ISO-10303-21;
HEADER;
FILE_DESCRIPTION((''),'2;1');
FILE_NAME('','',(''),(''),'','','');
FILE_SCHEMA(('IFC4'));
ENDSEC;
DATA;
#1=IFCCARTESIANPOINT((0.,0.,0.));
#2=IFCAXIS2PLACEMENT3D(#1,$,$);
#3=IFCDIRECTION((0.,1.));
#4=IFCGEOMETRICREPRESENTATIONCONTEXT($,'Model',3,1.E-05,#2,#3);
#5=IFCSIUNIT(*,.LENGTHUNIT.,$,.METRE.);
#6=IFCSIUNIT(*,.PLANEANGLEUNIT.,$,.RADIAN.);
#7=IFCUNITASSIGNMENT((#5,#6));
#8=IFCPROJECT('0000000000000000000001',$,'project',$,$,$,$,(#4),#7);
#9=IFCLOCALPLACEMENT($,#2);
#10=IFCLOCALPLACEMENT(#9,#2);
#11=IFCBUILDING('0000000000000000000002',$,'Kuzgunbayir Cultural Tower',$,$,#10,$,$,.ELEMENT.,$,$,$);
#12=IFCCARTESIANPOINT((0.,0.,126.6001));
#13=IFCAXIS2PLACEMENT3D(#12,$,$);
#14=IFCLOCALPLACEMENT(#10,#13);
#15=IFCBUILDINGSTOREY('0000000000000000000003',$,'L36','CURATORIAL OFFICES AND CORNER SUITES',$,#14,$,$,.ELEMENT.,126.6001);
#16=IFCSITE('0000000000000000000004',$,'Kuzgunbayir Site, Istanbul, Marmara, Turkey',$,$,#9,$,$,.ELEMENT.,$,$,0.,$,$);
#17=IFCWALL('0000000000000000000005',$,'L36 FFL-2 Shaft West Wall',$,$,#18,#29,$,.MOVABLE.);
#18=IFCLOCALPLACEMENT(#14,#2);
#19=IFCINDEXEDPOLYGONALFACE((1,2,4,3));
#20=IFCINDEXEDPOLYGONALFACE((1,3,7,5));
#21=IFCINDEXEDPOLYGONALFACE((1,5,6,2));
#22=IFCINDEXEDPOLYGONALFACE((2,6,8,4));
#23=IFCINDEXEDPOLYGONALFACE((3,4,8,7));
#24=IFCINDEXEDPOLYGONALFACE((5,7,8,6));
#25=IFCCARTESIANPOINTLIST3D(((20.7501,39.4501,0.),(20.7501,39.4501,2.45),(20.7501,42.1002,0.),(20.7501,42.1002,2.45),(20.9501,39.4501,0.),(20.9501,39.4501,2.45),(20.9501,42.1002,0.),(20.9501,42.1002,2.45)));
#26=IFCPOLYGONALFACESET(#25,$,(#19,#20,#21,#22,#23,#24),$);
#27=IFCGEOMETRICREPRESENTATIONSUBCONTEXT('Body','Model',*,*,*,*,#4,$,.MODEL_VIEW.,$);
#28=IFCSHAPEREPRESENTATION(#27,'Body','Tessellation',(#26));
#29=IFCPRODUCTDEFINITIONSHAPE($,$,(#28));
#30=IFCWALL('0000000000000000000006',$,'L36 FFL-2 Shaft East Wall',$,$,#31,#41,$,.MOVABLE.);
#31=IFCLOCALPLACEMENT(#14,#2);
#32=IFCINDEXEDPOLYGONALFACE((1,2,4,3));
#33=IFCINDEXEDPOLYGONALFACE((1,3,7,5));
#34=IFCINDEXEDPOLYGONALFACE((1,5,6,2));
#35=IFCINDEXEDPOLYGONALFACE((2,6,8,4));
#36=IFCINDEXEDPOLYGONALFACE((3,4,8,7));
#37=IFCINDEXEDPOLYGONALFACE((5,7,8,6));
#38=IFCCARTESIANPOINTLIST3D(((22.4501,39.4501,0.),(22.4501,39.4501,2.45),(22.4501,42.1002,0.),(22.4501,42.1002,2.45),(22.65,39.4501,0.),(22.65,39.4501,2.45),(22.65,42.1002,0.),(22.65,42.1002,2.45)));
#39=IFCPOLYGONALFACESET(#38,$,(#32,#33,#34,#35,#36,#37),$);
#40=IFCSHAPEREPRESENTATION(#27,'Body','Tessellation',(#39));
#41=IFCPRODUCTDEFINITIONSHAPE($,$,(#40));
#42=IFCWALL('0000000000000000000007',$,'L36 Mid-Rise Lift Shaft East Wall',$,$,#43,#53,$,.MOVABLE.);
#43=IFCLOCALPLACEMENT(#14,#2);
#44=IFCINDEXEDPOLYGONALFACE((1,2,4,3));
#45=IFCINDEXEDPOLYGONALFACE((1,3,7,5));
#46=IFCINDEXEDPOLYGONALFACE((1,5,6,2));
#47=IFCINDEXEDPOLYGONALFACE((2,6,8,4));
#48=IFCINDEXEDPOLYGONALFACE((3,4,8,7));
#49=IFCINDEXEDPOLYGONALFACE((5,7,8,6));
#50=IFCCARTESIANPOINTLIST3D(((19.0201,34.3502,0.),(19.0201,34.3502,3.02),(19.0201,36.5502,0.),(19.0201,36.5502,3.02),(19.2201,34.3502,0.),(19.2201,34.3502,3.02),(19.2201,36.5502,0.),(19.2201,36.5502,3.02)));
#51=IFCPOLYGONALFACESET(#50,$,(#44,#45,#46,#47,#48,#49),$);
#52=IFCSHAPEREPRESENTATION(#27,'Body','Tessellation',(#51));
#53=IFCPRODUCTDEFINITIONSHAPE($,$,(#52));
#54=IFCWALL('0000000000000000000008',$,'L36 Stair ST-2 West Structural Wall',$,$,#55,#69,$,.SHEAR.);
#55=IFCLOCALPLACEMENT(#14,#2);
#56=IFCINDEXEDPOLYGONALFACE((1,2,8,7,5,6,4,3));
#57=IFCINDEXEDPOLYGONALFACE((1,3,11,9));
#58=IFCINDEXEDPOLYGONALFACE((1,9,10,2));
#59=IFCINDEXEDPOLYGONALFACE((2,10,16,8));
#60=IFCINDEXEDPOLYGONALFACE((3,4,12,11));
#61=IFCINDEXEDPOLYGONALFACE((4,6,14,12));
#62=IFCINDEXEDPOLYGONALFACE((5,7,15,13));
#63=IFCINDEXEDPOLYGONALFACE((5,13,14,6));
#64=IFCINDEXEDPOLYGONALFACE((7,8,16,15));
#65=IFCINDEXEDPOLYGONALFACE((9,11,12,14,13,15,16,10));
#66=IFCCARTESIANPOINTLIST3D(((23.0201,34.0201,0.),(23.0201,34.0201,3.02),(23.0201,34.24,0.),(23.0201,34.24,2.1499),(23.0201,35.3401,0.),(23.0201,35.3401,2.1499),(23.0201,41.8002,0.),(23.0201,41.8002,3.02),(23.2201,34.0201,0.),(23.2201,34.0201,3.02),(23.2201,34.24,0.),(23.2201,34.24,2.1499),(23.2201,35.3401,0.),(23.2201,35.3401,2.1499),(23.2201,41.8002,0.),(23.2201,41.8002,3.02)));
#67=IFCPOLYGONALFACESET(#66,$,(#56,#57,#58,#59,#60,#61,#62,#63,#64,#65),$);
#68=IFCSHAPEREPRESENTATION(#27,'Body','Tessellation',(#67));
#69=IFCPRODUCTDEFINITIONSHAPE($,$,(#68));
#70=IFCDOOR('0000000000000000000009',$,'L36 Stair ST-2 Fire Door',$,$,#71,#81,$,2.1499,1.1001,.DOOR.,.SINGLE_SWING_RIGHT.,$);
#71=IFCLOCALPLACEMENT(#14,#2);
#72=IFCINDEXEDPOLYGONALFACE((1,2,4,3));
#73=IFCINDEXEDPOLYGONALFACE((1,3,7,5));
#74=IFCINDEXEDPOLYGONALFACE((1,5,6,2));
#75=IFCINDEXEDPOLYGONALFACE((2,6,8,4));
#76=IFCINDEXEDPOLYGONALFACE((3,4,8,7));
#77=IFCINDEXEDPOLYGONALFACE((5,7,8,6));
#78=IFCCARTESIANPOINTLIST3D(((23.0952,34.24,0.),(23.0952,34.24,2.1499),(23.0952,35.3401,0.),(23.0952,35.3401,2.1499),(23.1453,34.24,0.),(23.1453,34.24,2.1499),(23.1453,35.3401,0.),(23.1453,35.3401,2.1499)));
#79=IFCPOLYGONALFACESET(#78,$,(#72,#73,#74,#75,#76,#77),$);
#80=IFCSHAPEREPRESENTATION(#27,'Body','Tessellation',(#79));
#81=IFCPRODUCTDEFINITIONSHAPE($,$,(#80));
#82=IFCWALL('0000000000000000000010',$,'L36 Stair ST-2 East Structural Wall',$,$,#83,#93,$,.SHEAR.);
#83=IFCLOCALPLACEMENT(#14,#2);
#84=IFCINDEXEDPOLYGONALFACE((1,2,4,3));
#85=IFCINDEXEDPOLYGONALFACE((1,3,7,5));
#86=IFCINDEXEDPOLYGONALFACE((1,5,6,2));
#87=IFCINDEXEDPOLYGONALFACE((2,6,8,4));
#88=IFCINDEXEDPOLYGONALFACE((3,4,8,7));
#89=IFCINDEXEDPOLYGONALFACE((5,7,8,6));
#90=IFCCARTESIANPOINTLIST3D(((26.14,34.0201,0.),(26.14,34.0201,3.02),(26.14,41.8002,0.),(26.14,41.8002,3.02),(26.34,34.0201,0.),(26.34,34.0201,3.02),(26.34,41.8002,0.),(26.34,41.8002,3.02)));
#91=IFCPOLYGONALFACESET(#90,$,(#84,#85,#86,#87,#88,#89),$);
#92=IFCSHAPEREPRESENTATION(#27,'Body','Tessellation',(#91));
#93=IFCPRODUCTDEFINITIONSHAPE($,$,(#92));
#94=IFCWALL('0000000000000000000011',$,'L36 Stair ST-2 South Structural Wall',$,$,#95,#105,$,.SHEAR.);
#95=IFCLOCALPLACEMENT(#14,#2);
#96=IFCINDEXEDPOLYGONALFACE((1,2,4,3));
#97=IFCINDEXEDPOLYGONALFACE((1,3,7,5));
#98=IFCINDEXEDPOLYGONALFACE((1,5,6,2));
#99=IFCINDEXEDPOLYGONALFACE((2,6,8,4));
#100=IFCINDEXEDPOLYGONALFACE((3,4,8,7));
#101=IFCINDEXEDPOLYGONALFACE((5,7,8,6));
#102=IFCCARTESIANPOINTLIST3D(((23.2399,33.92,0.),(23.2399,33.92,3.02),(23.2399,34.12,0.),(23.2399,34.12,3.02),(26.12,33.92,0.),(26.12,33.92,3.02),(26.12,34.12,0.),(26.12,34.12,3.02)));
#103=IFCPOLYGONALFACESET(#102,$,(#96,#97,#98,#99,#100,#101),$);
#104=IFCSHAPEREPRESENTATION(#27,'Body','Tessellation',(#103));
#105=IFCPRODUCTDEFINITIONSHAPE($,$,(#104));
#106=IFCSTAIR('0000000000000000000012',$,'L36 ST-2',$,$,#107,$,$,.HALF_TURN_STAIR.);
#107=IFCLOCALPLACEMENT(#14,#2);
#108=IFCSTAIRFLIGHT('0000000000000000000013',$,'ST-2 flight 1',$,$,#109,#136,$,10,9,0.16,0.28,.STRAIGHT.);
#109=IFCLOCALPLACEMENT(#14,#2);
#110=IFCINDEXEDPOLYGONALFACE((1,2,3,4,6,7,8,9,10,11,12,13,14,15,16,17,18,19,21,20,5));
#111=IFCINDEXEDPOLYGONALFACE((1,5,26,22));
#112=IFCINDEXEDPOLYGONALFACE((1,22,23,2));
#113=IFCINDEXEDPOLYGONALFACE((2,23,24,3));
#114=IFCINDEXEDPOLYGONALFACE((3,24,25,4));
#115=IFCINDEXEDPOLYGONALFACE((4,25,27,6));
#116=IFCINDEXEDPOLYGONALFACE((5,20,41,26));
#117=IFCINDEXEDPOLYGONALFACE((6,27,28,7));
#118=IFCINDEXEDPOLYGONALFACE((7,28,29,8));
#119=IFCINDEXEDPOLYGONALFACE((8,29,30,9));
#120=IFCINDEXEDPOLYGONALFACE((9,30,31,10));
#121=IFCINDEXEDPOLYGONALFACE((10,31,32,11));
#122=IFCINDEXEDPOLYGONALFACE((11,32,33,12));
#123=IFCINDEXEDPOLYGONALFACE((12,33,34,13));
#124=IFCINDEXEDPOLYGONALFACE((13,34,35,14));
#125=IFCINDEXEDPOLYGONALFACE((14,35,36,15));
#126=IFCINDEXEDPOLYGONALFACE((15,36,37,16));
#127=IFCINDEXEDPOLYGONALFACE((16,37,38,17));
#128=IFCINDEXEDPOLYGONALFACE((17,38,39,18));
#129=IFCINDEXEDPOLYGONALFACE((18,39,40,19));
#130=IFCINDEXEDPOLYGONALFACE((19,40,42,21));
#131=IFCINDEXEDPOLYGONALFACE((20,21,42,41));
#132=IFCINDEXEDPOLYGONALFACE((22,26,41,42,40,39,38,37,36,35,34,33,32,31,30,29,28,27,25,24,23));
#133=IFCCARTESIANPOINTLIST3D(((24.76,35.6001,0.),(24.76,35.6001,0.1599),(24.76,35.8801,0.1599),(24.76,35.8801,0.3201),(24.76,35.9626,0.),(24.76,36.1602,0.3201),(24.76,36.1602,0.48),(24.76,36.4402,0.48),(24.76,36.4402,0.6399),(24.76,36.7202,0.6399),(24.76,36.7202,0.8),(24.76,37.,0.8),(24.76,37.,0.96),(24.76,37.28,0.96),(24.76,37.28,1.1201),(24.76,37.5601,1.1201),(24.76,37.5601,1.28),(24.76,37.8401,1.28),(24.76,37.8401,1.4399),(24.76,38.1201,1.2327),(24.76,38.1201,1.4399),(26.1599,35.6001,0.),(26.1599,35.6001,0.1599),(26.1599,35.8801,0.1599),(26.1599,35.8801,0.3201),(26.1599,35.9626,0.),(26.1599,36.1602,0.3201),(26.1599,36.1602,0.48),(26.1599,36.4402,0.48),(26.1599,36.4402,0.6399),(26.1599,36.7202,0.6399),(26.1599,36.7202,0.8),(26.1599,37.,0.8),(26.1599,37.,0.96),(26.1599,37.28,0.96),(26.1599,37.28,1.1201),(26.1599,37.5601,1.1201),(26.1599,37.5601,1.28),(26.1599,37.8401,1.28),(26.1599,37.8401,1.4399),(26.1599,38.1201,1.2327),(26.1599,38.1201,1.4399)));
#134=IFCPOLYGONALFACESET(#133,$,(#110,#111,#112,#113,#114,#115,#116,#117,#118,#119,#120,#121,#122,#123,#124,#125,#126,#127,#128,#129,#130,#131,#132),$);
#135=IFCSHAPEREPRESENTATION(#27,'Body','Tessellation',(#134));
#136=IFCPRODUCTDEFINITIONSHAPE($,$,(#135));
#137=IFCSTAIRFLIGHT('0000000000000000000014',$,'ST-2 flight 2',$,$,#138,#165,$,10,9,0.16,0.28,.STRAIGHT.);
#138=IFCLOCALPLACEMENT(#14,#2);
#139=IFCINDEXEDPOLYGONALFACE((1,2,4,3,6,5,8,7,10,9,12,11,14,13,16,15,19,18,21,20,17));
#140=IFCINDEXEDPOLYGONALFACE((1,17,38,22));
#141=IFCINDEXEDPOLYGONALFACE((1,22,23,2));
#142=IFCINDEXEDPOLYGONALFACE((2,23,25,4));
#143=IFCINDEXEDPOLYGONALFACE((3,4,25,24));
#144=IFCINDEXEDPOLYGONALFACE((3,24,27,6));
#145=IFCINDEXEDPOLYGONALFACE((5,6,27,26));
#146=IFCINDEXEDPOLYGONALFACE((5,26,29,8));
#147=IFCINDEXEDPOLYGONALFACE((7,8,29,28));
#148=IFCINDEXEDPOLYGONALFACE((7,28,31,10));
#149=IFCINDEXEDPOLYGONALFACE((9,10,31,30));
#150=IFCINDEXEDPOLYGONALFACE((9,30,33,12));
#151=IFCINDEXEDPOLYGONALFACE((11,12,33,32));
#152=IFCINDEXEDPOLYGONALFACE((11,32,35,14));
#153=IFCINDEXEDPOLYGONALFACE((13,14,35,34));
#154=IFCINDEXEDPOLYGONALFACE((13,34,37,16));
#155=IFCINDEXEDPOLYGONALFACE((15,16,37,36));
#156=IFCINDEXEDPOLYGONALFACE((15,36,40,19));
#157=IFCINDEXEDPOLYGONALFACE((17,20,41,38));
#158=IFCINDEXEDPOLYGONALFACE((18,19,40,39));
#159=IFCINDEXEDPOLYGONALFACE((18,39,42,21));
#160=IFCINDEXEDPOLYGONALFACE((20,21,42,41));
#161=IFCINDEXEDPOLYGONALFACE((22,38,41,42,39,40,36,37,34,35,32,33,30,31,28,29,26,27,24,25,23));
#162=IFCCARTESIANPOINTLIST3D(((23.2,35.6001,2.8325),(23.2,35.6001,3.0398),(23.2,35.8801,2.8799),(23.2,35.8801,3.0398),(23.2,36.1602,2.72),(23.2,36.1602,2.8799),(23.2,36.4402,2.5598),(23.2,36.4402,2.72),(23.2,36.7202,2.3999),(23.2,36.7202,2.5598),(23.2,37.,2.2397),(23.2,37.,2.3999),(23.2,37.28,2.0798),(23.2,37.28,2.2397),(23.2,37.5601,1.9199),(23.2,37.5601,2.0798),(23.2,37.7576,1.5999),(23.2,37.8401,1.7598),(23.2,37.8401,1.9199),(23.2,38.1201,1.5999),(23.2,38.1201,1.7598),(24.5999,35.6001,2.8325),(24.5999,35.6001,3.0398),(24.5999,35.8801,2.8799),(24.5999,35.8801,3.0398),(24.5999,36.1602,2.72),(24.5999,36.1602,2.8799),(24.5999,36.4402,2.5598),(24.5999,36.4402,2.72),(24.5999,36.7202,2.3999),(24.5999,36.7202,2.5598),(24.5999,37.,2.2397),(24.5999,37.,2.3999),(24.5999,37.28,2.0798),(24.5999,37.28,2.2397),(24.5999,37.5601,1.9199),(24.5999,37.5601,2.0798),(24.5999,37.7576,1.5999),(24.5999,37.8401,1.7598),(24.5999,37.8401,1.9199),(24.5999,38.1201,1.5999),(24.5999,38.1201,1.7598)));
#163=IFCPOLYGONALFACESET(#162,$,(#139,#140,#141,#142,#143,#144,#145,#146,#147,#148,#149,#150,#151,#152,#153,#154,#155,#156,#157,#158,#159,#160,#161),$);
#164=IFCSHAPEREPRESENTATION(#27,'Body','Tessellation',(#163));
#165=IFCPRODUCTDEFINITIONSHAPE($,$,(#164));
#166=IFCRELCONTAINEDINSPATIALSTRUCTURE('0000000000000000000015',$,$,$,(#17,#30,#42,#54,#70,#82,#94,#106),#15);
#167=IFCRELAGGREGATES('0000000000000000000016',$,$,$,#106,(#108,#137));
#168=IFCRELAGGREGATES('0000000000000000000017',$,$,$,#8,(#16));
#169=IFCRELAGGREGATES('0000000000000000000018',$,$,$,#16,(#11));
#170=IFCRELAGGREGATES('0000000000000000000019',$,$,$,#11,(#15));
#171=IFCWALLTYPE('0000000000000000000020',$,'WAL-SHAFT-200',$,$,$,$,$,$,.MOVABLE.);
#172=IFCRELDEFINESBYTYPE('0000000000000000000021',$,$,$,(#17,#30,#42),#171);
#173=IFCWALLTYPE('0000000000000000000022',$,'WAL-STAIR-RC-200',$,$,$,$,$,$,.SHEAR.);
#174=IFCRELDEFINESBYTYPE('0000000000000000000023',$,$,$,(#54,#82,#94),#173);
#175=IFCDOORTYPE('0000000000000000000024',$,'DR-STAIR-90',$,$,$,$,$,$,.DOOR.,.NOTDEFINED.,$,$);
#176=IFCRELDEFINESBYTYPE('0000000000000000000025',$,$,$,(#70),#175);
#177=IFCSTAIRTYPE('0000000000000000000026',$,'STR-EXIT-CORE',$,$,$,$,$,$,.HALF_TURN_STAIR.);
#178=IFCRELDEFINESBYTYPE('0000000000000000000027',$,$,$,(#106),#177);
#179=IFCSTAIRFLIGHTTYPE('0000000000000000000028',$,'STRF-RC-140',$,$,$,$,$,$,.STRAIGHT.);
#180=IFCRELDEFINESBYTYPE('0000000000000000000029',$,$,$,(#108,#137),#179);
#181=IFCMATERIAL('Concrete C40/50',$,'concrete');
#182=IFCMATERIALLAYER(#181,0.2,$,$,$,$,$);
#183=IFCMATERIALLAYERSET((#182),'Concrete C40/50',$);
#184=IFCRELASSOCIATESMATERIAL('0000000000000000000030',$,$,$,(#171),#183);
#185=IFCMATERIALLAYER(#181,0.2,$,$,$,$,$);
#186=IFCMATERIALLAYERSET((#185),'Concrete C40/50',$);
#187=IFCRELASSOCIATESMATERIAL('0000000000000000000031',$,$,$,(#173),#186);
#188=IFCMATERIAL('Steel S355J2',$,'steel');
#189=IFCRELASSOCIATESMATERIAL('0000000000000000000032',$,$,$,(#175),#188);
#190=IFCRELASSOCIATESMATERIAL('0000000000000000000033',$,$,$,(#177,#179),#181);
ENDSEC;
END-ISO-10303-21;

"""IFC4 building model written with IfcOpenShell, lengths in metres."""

from ifc_helpers import new_model, si_unit, direction, frame, frame_2d, origin, place, context, subcontext, project, spatial, polyline, rectangle, outline, extrude, material, layer, layer_set, type_object, element, fill, aggregate, save


model = new_model("IFC4")

# Units and contexts
model_context = context("Model", 3, precision=1e-05, world=origin(), true_north=direction((0.0, 1.0)))
body_context = subcontext(model_context, "Body", "Model", "MODEL_VIEW")
ifc_project = project(units=[si_unit("LENGTHUNIT", "METRE"), si_unit("PLANEANGLEUNIT", "RADIAN")], contexts=[model_context])

# Site, building, storey
site_placement = place(None, origin())
site = spatial("IfcSite", under=ifc_project, at=site_placement, Name="Kuzgunbayir Site, Istanbul, Marmara, Turkey", CompositionType="ELEMENT", RefElevation=0.0)
building_placement = place(site_placement, origin())
building = spatial("IfcBuilding", under=site, at=building_placement, Name="Kuzgunbayir Cultural Tower", CompositionType="ELEMENT")
storey_placement = place(building_placement, frame((0.0, 0.0, 126.6001)))
storey = spatial("IfcBuildingStorey", under=building, at=storey_placement, Name="L36", Description="CURATORIAL OFFICES AND CORNER SUITES", CompositionType="ELEMENT", Elevation=126.6001)

# Shared definitions
ifc_material_1 = material(Name="Steel S355J2", Category="steel")

# Shared definitions
ifc_material_2 = material(Name="Concrete C40/50", Category="concrete")
ifc_layer_1 = layer(ifc_material_2, 0.2)
ifc_layer_set_1 = layer_set([ifc_layer_1], Name="Concrete C40/50")
wall_type_1 = type_object("IfcWallType", Name="WAL-SHAFT-200", PredefinedType="MOVABLE", material=ifc_layer_set_1)

# Walls
for number, where, z_axis, x_axis, name in (
    (1, (20.8501, 39.45, 0.0), (0.0, 0.0, 1.0), (0.0, 1.0, 0.0), "L36 FFL-2 Shaft West Wall"),
    (2, (22.55, 39.45, 0.0), (0.0, 0.0, 1.0), (0.0, 1.0, 0.0), "L36 FFL-2 Shaft East Wall"),
):
    element("IfcWall", number, at=place(storey_placement, frame(where, z_axis=z_axis, x_axis=x_axis)), inside=storey, type_object=wall_type_1, Name=name, PredefinedType="MOVABLE", context=body_context, shape_type="SweptSolid", body=[
        extrude(rectangle(XDim=2.6501, YDim=0.2, at=frame_2d((1.3252, 0.0))), origin(), (0.0, 0.0, 1.0), 2.45),
    ])
wall_1_placement = place(storey_placement, frame((19.1201, 34.3501, 0.0), z_axis=(0.0, 0.0, 1.0), x_axis=(0.0, 1.0, 0.0)))
element("IfcWall", 3, at=wall_1_placement, inside=storey, type_object=wall_type_1, Name="L36 Mid-Rise Lift Shaft East Wall", PredefinedType="MOVABLE", context=body_context, shape_type="SweptSolid", body=[
    extrude(rectangle(XDim=2.2, YDim=0.2, at=frame_2d((1.1001, 0.0))), origin(), (0.0, 0.0, 1.0), 3.02),
])

# Wall, opening, door
ifc_layer_2 = layer(ifc_material_2, 0.2)
ifc_layer_set_2 = layer_set([ifc_layer_2], Name="Concrete C40/50")
wall_type_2 = type_object("IfcWallType", Name="WAL-STAIR-RC-200", PredefinedType="SHEAR", material=ifc_layer_set_2)
wall_2_placement = place(storey_placement, frame((23.1201, 34.02, 0.0), z_axis=(0.0, 0.0, 1.0), x_axis=(0.0, 1.0, 0.0)))
wall_2 = element("IfcWall", 4, at=wall_2_placement, inside=storey, type_object=wall_type_2, Name="L36 Stair ST-2 West Structural Wall", PredefinedType="SHEAR", context=body_context, shape_type="SweptSolid", body=[
    extrude(rectangle(XDim=7.78, YDim=0.2, at=frame_2d((3.8901, 0.0))), origin(), (0.0, 0.0, 1.0), 3.02),
])
opening_1_placement = place(wall_2_placement, frame((0.22, 0.0, 0.0)))
opening_1 = element("IfcOpeningElement", 5, at=opening_1_placement, cuts=wall_2, PredefinedType="OPENING", context=body_context, shape_type="SweptSolid", body=[
    extrude(rectangle(XDim=1.1001, YDim=2.1499, at=frame_2d((0.55, 1.075))), frame((0.0, 0.1099, 0.0), z_axis=(0.0, -1.0, 0.0), x_axis=(1.0, 0.0, 0.0)), (0.0, 0.0, 1.0), 0.22),
])
door_type_1 = type_object("IfcDoorType", Name="DR-STAIR-90", OperationType="NOTDEFINED", PredefinedType="DOOR", material=ifc_material_1)
door_1_placement = place(opening_1_placement, origin())
door_1 = element("IfcDoor", 6, at=door_1_placement, inside=storey, type_object=door_type_1, Name="L36 Stair ST-2 Fire Door", OperationType="SINGLE_SWING_RIGHT", OverallHeight=2.1499, OverallWidth=1.1001, PredefinedType="DOOR", context=body_context, shape_type="SweptSolid", body=[
    extrude(rectangle(XDim=1.1001, YDim=2.1499, at=frame_2d((0.55, 1.075))), frame((0.0, 0.0249, 0.0), z_axis=(0.0, -1.0, 0.0), x_axis=(1.0, 0.0, 0.0)), (0.0, 0.0, 1.0), 0.05),
])
fill(opening_1, door_1)

# Walls
wall_3_placement = place(storey_placement, frame((26.24, 34.02, 0.0), z_axis=(0.0, 0.0, 1.0), x_axis=(0.0, 1.0, 0.0)))
element("IfcWall", 7, at=wall_3_placement, inside=storey, type_object=wall_type_2, Name="L36 Stair ST-2 East Structural Wall", PredefinedType="SHEAR", context=body_context, shape_type="SweptSolid", body=[
    extrude(rectangle(XDim=7.78, YDim=0.2, at=frame_2d((3.8901, 0.0))), origin(), (0.0, 0.0, 1.0), 3.02),
])
wall_4_placement = place(storey_placement, frame((23.24, 34.02, 0.0), z_axis=(0.0, 0.0, 1.0), x_axis=(1.0, 0.0, 0.0)))
element("IfcWall", 8, at=wall_4_placement, inside=storey, type_object=wall_type_2, Name="L36 Stair ST-2 South Structural Wall", PredefinedType="SHEAR", context=body_context, shape_type="SweptSolid", body=[
    extrude(rectangle(XDim=2.8801, YDim=0.2, at=frame_2d((1.4399, 0.0))), origin(), (0.0, 0.0, 1.0), 3.02),
])

# Stair, stair flights
stair_type = type_object("IfcStairType", Name="STR-EXIT-CORE", PredefinedType="HALF_TURN_STAIR", material=ifc_material_2)
stair_placement = place(storey_placement, origin())
stair = element("IfcStair", 9, at=stair_placement, inside=storey, type_object=stair_type, Name="L36 ST-2", PredefinedType="HALF_TURN_STAIR")
stair_flight_type = type_object("IfcStairFlightType", Name="STRF-RC-140", PredefinedType="STRAIGHT", material=ifc_material_2)
stair_flight_1_placement = place(storey_placement, frame((25.46, 35.6001, 0.0), z_axis=(0.0, 0.0, 1.0), x_axis=(0.0, 1.0, 0.0)))
stair_flight_1 = element("IfcStairFlight", 10, at=stair_flight_1_placement, type_object=stair_flight_type, Name="ST-2 flight 1", NumberOfRisers=10, NumberOfTreads=9, PredefinedType="STRAIGHT", RiserHeight=0.16, TreadLength=0.28, context=body_context, shape_type="SweptSolid", body=[
    extrude(outline(polyline([(0.0, 0.0), (0.0, 0.1599), (0.28, 0.1599), (0.28, 0.3201), (0.5601, 0.3201), (0.5601, 0.48), (0.8401, 0.48), (0.8401, 0.6399), (1.1201, 0.6399), (1.1201, 0.8), (1.3999, 0.8), (1.3999, 0.96), (1.6799, 0.96), (1.6799, 1.1201), (1.96, 1.1201), (1.96, 1.28), (2.24, 1.28), (2.24, 1.4399), (2.52, 1.4399), (2.52, 1.6001), (2.52, 1.2327), (0.3625, 0.0), (0.0, 0.0)])), frame((0.0, 0.7, 0.0), z_axis=(0.0, -1.0, 0.0), x_axis=(1.0, 0.0, 0.0)), (0.0, 0.0, 1.0), 1.3999),
])
stair_flight_2_placement = place(storey_placement, frame((23.8999, 38.1201, 1.5999), z_axis=(0.0, 0.0, 1.0), x_axis=(0.0, -1.0, 0.0)))
stair_flight_2 = element("IfcStairFlight", 11, at=stair_flight_2_placement, type_object=stair_flight_type, Name="ST-2 flight 2", NumberOfRisers=10, NumberOfTreads=9, PredefinedType="STRAIGHT", RiserHeight=0.16, TreadLength=0.28, context=body_context, shape_type="SweptSolid", body=[
    extrude(outline(polyline([(0.0, 0.0), (0.0, 0.1599), (0.28, 0.1599), (0.28, 0.3201), (0.5601, 0.3201), (0.5601, 0.48), (0.8401, 0.48), (0.8401, 0.6399), (1.1201, 0.6399), (1.1201, 0.8), (1.3999, 0.8), (1.3999, 0.96), (1.6799, 0.96), (1.6799, 1.1201), (1.96, 1.1201), (1.96, 1.28), (2.24, 1.28), (2.24, 1.4399), (2.52, 1.4399), (2.52, 1.6001), (2.52, 1.2327), (0.3625, 0.0), (0.0, 0.0)])), frame((0.0, 0.7, 0.0), z_axis=(0.0, -1.0, 0.0), x_axis=(1.0, 0.0, 0.0)), (0.0, 0.0, 1.0), 1.3999),
])
aggregate(stair, [stair_flight_1, stair_flight_2])

save(model, "model.ifc")
